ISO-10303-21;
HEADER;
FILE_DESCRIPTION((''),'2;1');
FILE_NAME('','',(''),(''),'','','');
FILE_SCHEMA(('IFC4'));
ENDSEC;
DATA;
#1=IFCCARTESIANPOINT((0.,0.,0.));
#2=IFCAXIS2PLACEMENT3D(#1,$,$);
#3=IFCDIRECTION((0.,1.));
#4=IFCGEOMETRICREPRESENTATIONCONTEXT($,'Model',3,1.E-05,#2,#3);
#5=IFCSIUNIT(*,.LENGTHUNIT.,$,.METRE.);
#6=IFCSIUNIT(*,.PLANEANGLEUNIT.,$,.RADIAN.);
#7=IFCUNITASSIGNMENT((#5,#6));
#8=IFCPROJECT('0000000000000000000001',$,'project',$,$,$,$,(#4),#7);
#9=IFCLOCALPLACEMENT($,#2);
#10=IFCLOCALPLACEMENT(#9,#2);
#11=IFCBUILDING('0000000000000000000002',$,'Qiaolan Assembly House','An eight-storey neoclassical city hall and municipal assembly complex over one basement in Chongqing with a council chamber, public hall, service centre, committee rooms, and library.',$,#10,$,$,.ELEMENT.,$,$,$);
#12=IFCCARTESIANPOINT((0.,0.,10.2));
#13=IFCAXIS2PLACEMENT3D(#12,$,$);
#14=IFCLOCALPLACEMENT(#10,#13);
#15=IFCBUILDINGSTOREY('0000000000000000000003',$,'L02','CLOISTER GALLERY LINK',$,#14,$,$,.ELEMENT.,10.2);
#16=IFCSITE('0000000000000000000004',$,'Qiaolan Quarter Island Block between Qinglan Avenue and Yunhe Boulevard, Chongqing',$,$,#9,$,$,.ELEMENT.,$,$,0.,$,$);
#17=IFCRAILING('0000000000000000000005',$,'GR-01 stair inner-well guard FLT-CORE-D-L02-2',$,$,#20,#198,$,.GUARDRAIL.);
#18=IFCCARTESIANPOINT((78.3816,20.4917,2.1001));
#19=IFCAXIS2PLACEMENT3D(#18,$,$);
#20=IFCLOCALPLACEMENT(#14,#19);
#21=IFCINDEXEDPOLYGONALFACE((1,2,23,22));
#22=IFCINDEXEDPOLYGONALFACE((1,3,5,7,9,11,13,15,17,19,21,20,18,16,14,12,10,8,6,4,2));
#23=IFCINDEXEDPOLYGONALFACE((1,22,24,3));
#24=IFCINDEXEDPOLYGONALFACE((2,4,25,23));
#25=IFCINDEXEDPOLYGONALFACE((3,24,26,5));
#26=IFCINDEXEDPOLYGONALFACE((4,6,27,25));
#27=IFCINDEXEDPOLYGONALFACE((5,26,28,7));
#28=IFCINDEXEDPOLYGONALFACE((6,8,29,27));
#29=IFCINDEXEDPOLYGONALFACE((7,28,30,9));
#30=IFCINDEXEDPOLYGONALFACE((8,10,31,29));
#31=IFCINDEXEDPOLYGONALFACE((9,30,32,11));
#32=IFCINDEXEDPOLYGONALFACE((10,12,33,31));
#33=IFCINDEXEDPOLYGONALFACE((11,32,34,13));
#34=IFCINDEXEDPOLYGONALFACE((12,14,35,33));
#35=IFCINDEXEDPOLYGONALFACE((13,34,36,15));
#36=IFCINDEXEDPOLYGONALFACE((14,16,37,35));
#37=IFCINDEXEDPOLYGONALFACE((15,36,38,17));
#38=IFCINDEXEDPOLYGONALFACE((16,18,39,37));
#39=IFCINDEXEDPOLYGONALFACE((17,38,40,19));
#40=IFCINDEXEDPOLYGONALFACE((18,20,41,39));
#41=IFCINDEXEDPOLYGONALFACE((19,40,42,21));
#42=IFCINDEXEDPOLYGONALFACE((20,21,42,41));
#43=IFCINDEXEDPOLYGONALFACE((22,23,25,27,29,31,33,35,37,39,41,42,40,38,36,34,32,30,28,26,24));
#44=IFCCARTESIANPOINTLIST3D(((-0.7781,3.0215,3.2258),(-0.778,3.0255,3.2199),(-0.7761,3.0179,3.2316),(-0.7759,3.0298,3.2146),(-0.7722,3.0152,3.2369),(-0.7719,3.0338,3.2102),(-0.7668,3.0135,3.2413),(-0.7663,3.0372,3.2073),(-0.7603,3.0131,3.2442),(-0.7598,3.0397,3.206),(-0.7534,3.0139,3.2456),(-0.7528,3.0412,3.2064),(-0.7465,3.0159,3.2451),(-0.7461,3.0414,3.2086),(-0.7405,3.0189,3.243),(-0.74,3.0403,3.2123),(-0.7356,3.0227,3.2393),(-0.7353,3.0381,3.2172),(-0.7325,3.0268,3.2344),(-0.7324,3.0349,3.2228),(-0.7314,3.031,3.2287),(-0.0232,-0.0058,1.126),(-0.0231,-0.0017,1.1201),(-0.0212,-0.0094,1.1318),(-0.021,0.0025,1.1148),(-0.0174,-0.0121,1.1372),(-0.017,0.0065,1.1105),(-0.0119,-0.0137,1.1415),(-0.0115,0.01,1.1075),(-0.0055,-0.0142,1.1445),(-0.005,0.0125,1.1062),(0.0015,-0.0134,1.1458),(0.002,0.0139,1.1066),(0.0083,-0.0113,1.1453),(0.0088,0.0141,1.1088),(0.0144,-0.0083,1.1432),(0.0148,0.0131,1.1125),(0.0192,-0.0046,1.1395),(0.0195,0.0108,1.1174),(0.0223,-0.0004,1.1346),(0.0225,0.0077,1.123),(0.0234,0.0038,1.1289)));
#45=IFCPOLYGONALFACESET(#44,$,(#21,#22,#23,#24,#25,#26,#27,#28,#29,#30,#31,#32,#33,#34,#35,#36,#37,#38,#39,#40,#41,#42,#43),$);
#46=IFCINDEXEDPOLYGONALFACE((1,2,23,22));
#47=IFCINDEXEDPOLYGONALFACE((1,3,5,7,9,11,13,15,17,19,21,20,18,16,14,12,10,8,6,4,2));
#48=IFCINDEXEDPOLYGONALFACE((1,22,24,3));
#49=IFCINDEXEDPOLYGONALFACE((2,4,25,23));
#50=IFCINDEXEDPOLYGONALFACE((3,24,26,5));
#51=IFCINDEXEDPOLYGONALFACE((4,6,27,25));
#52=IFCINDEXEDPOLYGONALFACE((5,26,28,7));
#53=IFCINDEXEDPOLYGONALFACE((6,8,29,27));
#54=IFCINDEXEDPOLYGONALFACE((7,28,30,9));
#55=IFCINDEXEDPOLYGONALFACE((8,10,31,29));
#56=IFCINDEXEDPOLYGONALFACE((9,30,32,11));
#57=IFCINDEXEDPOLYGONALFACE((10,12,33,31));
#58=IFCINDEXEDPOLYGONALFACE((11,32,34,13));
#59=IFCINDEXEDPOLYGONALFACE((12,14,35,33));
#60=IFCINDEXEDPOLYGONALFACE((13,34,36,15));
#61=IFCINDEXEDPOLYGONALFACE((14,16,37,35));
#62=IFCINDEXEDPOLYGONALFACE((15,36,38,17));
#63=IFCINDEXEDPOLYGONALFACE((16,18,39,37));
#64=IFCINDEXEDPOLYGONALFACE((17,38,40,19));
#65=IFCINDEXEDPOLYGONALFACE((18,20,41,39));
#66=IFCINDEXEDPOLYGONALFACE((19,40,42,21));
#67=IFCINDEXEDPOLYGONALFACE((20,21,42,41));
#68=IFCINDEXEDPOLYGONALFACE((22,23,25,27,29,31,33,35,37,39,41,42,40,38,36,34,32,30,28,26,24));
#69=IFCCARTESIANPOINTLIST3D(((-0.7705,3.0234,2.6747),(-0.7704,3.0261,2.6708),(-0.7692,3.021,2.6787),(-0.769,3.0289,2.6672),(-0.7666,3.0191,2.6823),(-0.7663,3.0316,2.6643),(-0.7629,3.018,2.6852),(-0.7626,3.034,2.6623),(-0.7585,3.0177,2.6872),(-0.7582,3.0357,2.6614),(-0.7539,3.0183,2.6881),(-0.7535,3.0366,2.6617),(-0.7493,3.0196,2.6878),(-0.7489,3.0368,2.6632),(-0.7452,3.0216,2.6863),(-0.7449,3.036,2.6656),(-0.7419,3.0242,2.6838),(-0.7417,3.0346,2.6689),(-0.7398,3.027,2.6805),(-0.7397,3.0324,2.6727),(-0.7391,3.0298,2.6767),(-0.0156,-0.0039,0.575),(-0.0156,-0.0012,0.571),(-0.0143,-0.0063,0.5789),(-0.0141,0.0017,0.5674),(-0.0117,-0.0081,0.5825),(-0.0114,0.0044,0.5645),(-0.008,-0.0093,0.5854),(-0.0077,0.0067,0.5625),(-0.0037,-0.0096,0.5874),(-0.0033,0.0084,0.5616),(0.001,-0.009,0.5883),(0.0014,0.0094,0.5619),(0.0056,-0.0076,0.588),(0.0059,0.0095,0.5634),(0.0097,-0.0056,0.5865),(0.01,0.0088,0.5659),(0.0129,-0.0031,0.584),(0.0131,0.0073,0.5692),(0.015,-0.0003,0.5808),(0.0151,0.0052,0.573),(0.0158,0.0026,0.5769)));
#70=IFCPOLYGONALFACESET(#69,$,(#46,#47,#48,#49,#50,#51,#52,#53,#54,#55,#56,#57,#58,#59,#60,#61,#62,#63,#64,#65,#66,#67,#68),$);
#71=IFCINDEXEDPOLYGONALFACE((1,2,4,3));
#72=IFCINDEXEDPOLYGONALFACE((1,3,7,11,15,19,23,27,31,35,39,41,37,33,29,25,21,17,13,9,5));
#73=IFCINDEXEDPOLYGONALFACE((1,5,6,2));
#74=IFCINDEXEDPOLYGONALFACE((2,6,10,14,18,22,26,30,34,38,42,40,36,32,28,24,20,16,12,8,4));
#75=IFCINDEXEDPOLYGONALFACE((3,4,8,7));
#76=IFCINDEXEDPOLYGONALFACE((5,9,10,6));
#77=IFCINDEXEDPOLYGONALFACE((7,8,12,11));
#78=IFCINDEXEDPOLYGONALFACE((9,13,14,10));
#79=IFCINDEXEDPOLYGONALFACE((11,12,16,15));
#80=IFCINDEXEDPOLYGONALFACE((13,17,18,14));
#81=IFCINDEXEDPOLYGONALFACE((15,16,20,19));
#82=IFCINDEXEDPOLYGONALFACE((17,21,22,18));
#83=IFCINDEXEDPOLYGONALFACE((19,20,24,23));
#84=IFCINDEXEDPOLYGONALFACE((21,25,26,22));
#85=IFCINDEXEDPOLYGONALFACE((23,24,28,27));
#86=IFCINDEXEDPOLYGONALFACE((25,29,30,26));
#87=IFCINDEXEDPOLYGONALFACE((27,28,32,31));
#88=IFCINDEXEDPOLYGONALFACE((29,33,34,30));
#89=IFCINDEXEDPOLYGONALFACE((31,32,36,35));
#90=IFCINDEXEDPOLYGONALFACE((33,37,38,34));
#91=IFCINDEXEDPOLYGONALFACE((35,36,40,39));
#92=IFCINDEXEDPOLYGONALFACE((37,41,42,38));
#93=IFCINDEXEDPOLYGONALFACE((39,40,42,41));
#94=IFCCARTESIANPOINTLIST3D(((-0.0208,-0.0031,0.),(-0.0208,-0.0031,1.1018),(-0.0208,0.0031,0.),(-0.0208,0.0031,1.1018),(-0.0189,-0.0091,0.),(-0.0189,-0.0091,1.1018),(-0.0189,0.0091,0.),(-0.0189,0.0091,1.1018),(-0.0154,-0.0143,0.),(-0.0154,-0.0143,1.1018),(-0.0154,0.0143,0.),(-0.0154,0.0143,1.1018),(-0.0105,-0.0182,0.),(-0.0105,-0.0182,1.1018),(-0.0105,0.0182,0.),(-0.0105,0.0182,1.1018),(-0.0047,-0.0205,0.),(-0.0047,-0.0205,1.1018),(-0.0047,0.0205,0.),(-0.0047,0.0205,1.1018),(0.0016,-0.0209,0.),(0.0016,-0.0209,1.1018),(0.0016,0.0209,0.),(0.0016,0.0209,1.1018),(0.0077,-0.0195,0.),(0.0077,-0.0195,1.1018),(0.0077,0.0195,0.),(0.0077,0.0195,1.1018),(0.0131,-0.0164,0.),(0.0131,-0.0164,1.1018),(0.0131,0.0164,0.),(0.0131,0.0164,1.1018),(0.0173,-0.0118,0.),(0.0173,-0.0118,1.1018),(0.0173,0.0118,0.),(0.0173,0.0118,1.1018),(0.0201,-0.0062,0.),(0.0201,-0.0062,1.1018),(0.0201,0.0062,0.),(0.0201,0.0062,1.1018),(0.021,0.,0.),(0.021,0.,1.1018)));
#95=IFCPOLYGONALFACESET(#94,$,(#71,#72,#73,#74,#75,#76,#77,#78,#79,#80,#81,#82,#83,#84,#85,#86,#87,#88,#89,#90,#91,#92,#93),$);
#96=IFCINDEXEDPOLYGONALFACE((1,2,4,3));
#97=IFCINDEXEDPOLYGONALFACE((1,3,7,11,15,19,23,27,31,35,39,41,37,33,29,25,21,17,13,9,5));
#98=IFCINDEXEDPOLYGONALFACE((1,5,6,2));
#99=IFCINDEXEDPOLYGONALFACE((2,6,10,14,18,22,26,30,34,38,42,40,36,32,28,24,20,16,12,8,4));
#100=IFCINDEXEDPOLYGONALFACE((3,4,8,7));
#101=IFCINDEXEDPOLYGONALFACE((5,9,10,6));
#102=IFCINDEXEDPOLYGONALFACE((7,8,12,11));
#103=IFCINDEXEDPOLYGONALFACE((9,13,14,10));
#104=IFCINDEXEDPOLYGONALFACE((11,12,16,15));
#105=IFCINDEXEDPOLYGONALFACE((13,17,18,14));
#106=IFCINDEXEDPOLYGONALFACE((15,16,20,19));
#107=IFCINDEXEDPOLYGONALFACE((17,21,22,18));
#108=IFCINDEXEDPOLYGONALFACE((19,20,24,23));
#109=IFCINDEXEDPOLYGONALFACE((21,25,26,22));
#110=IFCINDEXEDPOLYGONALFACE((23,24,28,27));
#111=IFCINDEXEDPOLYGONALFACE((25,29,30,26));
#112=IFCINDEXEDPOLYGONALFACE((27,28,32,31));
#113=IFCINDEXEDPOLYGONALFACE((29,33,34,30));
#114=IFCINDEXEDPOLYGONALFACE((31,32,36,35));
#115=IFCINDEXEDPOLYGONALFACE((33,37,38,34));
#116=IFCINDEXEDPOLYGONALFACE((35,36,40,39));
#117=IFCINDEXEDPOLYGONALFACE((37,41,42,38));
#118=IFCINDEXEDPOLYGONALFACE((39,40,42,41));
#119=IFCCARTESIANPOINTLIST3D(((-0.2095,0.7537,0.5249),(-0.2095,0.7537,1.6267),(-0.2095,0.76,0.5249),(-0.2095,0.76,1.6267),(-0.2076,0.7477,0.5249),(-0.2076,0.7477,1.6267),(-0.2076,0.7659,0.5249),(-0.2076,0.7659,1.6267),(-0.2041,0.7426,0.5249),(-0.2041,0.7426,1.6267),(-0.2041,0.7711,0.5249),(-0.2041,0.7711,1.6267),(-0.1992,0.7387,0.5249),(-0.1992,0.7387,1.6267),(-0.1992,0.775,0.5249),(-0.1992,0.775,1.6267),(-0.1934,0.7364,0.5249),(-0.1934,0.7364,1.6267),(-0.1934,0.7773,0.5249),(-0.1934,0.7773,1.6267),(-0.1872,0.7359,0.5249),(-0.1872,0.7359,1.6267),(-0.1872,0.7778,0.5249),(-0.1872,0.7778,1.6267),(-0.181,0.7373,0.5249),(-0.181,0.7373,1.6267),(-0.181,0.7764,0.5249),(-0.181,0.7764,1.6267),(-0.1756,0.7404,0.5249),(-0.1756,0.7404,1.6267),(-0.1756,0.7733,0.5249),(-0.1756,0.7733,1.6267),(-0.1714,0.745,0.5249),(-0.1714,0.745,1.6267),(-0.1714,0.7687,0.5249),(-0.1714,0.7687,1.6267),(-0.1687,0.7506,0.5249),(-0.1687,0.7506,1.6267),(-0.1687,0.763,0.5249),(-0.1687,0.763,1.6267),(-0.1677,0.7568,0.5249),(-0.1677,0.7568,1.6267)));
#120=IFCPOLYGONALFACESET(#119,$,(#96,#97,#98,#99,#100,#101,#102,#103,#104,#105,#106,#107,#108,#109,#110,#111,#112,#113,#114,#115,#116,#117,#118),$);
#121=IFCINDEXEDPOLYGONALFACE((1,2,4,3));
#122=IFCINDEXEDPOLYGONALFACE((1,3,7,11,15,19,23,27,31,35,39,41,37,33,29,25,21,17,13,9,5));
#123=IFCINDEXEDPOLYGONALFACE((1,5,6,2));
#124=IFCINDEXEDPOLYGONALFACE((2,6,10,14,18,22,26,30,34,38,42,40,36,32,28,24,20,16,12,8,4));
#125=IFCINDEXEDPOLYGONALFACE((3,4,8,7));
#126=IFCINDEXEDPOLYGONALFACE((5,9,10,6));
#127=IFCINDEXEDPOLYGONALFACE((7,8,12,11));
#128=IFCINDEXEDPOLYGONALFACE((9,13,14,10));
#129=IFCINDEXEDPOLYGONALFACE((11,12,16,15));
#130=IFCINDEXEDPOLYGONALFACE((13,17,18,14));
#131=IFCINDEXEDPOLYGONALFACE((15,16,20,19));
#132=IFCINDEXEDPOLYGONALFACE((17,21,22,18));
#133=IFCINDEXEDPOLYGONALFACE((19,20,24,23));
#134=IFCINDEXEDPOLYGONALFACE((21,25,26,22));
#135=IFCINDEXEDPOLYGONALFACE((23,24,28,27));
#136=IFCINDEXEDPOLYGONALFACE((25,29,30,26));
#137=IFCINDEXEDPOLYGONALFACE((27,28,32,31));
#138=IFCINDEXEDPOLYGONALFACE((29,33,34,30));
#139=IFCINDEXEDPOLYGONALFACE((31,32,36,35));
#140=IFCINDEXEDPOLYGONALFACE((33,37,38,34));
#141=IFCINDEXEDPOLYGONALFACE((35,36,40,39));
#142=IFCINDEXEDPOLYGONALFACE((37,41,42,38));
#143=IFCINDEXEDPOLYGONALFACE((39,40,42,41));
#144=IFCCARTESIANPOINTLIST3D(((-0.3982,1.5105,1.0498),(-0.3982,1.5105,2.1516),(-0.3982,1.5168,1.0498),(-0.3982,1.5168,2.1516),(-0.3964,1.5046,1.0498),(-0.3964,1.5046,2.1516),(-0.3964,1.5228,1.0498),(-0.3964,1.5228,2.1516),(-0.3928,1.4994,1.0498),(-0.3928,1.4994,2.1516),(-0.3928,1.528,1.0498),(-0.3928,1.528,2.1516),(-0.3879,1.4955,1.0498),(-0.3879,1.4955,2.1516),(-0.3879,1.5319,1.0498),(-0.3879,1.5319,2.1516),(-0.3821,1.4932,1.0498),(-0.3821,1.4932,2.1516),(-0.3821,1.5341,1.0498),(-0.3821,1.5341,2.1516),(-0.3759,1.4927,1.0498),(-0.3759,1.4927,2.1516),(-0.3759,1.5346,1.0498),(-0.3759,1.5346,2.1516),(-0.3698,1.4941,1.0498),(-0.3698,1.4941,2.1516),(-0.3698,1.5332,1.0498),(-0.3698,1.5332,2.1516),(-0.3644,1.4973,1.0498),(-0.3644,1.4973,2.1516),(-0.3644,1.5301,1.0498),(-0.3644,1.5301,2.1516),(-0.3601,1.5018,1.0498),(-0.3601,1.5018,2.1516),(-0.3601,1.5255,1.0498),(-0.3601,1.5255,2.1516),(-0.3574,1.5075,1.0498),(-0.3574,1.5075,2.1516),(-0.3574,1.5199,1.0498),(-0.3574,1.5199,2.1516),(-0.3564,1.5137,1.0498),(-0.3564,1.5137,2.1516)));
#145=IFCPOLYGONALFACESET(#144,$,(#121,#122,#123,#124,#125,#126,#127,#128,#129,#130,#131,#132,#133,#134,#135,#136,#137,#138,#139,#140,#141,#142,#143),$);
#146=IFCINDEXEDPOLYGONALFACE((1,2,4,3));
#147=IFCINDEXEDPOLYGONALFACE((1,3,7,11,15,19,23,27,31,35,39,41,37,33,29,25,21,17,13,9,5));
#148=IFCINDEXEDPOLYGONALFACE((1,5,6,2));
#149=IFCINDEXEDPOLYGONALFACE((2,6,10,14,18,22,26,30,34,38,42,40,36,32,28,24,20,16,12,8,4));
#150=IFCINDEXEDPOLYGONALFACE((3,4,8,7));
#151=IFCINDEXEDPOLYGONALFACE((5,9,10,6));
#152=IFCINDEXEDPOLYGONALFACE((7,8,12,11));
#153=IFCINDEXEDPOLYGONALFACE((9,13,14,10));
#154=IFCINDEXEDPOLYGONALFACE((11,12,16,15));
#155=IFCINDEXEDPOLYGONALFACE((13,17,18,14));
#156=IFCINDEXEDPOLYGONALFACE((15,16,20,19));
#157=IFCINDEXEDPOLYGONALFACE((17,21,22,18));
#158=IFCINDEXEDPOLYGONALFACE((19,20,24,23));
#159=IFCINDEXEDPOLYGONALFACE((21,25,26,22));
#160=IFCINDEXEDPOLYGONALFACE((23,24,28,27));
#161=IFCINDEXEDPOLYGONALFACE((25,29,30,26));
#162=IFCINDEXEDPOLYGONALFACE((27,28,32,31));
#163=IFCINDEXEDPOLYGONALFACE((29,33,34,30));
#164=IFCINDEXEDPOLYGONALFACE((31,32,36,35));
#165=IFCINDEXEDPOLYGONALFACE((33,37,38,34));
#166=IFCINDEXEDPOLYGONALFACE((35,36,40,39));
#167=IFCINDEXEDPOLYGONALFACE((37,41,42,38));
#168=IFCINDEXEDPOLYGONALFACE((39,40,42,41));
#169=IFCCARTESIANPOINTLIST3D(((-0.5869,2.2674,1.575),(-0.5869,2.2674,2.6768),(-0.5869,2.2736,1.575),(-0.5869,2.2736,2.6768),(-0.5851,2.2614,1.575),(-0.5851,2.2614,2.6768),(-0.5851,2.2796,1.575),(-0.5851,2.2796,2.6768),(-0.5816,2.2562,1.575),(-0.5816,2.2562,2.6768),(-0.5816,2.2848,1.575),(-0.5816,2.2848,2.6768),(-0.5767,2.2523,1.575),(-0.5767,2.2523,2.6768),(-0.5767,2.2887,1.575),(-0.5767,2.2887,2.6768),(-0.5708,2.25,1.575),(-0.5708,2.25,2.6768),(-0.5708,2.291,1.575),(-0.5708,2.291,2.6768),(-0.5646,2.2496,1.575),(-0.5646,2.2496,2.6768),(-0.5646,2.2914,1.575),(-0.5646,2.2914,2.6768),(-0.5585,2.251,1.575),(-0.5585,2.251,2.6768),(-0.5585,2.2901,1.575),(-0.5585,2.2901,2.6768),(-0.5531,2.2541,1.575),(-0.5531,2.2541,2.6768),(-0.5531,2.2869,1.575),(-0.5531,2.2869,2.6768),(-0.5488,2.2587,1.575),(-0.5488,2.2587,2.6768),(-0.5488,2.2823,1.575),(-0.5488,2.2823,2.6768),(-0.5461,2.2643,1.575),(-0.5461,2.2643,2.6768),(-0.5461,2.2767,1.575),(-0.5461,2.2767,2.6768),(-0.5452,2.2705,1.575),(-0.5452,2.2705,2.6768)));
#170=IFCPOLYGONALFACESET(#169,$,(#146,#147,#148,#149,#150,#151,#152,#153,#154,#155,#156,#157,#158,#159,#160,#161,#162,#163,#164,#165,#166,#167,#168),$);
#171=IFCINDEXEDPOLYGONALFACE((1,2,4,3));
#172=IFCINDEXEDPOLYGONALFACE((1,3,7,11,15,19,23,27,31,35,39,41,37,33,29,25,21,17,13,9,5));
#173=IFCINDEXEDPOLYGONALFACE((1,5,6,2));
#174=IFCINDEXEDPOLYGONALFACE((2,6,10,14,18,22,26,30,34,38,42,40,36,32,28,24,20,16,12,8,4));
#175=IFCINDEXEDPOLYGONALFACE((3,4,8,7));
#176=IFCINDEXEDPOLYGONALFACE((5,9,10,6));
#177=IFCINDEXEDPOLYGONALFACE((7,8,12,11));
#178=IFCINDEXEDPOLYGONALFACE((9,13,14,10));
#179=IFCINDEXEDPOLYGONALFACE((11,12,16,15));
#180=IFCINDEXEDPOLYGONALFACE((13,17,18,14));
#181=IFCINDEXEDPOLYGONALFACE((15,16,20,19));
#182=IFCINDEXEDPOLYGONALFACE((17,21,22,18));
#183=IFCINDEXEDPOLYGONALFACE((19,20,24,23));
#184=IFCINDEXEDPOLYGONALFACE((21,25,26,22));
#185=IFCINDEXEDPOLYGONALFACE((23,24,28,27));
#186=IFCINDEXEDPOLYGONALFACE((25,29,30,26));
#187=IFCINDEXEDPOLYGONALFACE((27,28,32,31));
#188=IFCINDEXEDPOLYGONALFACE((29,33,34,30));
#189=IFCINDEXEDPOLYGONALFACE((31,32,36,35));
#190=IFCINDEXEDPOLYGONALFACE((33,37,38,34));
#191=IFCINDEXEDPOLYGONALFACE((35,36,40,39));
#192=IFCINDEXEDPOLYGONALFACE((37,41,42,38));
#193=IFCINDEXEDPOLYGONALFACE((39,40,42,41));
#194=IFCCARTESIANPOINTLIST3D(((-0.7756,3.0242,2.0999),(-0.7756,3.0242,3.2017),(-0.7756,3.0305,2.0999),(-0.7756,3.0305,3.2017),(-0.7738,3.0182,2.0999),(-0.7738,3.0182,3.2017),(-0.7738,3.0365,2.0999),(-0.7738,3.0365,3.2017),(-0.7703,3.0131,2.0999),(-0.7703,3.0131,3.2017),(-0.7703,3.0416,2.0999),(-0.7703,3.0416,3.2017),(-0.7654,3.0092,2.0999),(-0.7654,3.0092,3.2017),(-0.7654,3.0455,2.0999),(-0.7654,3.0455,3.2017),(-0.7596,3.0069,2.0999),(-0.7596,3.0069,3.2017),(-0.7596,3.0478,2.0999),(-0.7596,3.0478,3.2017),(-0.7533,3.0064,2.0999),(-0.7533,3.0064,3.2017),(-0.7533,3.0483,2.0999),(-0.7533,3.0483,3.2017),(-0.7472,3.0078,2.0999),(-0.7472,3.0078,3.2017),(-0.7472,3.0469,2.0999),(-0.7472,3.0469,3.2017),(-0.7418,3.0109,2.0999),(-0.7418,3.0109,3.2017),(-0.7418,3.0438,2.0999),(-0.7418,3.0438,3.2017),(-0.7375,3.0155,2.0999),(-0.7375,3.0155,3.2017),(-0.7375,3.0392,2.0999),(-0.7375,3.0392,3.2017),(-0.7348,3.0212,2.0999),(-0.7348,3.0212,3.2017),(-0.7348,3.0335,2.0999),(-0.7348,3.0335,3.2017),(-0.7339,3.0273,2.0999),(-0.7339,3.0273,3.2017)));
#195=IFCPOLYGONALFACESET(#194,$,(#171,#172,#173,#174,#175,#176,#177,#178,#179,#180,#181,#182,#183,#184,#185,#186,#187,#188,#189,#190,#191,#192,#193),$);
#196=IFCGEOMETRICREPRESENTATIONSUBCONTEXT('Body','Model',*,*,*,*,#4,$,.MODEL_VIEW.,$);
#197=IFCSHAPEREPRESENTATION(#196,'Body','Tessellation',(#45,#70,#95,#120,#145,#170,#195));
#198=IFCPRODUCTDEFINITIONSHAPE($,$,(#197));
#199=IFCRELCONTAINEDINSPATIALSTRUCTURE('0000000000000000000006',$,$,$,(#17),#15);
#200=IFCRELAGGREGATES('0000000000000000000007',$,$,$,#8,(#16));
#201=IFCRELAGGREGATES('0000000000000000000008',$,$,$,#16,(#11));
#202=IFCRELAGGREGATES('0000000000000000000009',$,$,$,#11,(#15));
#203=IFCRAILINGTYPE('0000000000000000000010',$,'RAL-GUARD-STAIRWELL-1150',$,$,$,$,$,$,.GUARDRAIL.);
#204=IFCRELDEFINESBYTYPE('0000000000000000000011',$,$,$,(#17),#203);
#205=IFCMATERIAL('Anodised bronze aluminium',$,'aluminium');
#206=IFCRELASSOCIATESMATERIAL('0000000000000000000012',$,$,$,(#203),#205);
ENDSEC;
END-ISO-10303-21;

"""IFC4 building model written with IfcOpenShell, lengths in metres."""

from ifc_helpers import new_model, si_unit, direction, frame, origin, origin_2d, place, context, subcontext, project, spatial, circle, extrude, material, type_object, element, save


model = new_model("IFC4")

# Units and contexts
model_context = context("Model", 3, precision=1e-05, world=origin(), true_north=direction((0.0, 1.0)))
body_context = subcontext(model_context, "Body", "Model", "MODEL_VIEW")
ifc_project = project(units=[si_unit("LENGTHUNIT", "METRE"), si_unit("PLANEANGLEUNIT", "RADIAN")], contexts=[model_context])

# Site, building, storey
site_placement = place(None, origin())
site = spatial("IfcSite", under=ifc_project, at=site_placement, Name="Qiaolan Quarter Island Block between Qinglan Avenue and Yunhe Boulevard, Chongqing", CompositionType="ELEMENT", RefElevation=0.0)
building_placement = place(site_placement, origin())
building = spatial("IfcBuilding", under=site, at=building_placement, Name="Qiaolan Assembly House", Description="An eight-storey neoclassical city hall and municipal assembly complex over one basement in Chongqing with a council chamber, public hall, service centre, committee rooms, and library.", CompositionType="ELEMENT")
storey_placement = place(building_placement, frame((0.0, 0.0, 10.2)))
storey = spatial("IfcBuildingStorey", under=building, at=storey_placement, Name="L02", Description="CLOISTER GALLERY LINK", CompositionType="ELEMENT", Elevation=10.2)

# Railing
ifc_material_1 = material(Name="Anodised bronze aluminium", Category="aluminium")
railing_type_1 = type_object("IfcRailingType", Name="RAL-GUARD-STAIRWELL-1150", PredefinedType="GUARDRAIL", material=ifc_material_1)
railing_1_placement = place(storey_placement, frame((78.3816, 20.4917, 2.1001)))
element("IfcRailing", 1, at=railing_1_placement, inside=storey, type_object=railing_type_1, Name="GR-01 stair inner-well guard FLT-CORE-D-L02-2", PredefinedType="GUARDRAIL", context=body_context, shape_type="SweptSolid", body=[
    extrude(circle(Radius=0.0239, at=origin_2d()), frame((0.0, 0.0, 1.126), z_axis=(-0.200721, 0.804961, 0.558344), x_axis=(-0.97029, -0.241946, 0.0)), (0.0, 0.0, 1.0), 3.7607),
    extrude(circle(Radius=0.0161, at=origin_2d()), frame((0.0, 0.0, 0.575), z_axis=(-0.200721, 0.804961, 0.558344), x_axis=(-0.97029, -0.241946, 0.0)), (0.0, 0.0, 1.0), 3.7607),
    extrude(circle(Radius=0.021, at=origin_2d()), origin(), (0.0, 0.0, 1.0), 1.1018),
    extrude(circle(Radius=0.021, at=origin_2d()), frame((-0.1887, 0.7568, 0.5249)), (0.0, 0.0, 1.0), 1.1018),
    extrude(circle(Radius=0.021, at=origin_2d()), frame((-0.3774, 1.5137, 1.0498)), (0.0, 0.0, 1.0), 1.1018),
    extrude(circle(Radius=0.021, at=origin_2d()), frame((-0.5662, 2.2705, 1.575)), (0.0, 0.0, 1.0), 1.1018),
    extrude(circle(Radius=0.021, at=origin_2d()), frame((-0.7549, 3.0273, 2.0999)), (0.0, 0.0, 1.0), 1.1018),
])

save(model, "model.ifc")
